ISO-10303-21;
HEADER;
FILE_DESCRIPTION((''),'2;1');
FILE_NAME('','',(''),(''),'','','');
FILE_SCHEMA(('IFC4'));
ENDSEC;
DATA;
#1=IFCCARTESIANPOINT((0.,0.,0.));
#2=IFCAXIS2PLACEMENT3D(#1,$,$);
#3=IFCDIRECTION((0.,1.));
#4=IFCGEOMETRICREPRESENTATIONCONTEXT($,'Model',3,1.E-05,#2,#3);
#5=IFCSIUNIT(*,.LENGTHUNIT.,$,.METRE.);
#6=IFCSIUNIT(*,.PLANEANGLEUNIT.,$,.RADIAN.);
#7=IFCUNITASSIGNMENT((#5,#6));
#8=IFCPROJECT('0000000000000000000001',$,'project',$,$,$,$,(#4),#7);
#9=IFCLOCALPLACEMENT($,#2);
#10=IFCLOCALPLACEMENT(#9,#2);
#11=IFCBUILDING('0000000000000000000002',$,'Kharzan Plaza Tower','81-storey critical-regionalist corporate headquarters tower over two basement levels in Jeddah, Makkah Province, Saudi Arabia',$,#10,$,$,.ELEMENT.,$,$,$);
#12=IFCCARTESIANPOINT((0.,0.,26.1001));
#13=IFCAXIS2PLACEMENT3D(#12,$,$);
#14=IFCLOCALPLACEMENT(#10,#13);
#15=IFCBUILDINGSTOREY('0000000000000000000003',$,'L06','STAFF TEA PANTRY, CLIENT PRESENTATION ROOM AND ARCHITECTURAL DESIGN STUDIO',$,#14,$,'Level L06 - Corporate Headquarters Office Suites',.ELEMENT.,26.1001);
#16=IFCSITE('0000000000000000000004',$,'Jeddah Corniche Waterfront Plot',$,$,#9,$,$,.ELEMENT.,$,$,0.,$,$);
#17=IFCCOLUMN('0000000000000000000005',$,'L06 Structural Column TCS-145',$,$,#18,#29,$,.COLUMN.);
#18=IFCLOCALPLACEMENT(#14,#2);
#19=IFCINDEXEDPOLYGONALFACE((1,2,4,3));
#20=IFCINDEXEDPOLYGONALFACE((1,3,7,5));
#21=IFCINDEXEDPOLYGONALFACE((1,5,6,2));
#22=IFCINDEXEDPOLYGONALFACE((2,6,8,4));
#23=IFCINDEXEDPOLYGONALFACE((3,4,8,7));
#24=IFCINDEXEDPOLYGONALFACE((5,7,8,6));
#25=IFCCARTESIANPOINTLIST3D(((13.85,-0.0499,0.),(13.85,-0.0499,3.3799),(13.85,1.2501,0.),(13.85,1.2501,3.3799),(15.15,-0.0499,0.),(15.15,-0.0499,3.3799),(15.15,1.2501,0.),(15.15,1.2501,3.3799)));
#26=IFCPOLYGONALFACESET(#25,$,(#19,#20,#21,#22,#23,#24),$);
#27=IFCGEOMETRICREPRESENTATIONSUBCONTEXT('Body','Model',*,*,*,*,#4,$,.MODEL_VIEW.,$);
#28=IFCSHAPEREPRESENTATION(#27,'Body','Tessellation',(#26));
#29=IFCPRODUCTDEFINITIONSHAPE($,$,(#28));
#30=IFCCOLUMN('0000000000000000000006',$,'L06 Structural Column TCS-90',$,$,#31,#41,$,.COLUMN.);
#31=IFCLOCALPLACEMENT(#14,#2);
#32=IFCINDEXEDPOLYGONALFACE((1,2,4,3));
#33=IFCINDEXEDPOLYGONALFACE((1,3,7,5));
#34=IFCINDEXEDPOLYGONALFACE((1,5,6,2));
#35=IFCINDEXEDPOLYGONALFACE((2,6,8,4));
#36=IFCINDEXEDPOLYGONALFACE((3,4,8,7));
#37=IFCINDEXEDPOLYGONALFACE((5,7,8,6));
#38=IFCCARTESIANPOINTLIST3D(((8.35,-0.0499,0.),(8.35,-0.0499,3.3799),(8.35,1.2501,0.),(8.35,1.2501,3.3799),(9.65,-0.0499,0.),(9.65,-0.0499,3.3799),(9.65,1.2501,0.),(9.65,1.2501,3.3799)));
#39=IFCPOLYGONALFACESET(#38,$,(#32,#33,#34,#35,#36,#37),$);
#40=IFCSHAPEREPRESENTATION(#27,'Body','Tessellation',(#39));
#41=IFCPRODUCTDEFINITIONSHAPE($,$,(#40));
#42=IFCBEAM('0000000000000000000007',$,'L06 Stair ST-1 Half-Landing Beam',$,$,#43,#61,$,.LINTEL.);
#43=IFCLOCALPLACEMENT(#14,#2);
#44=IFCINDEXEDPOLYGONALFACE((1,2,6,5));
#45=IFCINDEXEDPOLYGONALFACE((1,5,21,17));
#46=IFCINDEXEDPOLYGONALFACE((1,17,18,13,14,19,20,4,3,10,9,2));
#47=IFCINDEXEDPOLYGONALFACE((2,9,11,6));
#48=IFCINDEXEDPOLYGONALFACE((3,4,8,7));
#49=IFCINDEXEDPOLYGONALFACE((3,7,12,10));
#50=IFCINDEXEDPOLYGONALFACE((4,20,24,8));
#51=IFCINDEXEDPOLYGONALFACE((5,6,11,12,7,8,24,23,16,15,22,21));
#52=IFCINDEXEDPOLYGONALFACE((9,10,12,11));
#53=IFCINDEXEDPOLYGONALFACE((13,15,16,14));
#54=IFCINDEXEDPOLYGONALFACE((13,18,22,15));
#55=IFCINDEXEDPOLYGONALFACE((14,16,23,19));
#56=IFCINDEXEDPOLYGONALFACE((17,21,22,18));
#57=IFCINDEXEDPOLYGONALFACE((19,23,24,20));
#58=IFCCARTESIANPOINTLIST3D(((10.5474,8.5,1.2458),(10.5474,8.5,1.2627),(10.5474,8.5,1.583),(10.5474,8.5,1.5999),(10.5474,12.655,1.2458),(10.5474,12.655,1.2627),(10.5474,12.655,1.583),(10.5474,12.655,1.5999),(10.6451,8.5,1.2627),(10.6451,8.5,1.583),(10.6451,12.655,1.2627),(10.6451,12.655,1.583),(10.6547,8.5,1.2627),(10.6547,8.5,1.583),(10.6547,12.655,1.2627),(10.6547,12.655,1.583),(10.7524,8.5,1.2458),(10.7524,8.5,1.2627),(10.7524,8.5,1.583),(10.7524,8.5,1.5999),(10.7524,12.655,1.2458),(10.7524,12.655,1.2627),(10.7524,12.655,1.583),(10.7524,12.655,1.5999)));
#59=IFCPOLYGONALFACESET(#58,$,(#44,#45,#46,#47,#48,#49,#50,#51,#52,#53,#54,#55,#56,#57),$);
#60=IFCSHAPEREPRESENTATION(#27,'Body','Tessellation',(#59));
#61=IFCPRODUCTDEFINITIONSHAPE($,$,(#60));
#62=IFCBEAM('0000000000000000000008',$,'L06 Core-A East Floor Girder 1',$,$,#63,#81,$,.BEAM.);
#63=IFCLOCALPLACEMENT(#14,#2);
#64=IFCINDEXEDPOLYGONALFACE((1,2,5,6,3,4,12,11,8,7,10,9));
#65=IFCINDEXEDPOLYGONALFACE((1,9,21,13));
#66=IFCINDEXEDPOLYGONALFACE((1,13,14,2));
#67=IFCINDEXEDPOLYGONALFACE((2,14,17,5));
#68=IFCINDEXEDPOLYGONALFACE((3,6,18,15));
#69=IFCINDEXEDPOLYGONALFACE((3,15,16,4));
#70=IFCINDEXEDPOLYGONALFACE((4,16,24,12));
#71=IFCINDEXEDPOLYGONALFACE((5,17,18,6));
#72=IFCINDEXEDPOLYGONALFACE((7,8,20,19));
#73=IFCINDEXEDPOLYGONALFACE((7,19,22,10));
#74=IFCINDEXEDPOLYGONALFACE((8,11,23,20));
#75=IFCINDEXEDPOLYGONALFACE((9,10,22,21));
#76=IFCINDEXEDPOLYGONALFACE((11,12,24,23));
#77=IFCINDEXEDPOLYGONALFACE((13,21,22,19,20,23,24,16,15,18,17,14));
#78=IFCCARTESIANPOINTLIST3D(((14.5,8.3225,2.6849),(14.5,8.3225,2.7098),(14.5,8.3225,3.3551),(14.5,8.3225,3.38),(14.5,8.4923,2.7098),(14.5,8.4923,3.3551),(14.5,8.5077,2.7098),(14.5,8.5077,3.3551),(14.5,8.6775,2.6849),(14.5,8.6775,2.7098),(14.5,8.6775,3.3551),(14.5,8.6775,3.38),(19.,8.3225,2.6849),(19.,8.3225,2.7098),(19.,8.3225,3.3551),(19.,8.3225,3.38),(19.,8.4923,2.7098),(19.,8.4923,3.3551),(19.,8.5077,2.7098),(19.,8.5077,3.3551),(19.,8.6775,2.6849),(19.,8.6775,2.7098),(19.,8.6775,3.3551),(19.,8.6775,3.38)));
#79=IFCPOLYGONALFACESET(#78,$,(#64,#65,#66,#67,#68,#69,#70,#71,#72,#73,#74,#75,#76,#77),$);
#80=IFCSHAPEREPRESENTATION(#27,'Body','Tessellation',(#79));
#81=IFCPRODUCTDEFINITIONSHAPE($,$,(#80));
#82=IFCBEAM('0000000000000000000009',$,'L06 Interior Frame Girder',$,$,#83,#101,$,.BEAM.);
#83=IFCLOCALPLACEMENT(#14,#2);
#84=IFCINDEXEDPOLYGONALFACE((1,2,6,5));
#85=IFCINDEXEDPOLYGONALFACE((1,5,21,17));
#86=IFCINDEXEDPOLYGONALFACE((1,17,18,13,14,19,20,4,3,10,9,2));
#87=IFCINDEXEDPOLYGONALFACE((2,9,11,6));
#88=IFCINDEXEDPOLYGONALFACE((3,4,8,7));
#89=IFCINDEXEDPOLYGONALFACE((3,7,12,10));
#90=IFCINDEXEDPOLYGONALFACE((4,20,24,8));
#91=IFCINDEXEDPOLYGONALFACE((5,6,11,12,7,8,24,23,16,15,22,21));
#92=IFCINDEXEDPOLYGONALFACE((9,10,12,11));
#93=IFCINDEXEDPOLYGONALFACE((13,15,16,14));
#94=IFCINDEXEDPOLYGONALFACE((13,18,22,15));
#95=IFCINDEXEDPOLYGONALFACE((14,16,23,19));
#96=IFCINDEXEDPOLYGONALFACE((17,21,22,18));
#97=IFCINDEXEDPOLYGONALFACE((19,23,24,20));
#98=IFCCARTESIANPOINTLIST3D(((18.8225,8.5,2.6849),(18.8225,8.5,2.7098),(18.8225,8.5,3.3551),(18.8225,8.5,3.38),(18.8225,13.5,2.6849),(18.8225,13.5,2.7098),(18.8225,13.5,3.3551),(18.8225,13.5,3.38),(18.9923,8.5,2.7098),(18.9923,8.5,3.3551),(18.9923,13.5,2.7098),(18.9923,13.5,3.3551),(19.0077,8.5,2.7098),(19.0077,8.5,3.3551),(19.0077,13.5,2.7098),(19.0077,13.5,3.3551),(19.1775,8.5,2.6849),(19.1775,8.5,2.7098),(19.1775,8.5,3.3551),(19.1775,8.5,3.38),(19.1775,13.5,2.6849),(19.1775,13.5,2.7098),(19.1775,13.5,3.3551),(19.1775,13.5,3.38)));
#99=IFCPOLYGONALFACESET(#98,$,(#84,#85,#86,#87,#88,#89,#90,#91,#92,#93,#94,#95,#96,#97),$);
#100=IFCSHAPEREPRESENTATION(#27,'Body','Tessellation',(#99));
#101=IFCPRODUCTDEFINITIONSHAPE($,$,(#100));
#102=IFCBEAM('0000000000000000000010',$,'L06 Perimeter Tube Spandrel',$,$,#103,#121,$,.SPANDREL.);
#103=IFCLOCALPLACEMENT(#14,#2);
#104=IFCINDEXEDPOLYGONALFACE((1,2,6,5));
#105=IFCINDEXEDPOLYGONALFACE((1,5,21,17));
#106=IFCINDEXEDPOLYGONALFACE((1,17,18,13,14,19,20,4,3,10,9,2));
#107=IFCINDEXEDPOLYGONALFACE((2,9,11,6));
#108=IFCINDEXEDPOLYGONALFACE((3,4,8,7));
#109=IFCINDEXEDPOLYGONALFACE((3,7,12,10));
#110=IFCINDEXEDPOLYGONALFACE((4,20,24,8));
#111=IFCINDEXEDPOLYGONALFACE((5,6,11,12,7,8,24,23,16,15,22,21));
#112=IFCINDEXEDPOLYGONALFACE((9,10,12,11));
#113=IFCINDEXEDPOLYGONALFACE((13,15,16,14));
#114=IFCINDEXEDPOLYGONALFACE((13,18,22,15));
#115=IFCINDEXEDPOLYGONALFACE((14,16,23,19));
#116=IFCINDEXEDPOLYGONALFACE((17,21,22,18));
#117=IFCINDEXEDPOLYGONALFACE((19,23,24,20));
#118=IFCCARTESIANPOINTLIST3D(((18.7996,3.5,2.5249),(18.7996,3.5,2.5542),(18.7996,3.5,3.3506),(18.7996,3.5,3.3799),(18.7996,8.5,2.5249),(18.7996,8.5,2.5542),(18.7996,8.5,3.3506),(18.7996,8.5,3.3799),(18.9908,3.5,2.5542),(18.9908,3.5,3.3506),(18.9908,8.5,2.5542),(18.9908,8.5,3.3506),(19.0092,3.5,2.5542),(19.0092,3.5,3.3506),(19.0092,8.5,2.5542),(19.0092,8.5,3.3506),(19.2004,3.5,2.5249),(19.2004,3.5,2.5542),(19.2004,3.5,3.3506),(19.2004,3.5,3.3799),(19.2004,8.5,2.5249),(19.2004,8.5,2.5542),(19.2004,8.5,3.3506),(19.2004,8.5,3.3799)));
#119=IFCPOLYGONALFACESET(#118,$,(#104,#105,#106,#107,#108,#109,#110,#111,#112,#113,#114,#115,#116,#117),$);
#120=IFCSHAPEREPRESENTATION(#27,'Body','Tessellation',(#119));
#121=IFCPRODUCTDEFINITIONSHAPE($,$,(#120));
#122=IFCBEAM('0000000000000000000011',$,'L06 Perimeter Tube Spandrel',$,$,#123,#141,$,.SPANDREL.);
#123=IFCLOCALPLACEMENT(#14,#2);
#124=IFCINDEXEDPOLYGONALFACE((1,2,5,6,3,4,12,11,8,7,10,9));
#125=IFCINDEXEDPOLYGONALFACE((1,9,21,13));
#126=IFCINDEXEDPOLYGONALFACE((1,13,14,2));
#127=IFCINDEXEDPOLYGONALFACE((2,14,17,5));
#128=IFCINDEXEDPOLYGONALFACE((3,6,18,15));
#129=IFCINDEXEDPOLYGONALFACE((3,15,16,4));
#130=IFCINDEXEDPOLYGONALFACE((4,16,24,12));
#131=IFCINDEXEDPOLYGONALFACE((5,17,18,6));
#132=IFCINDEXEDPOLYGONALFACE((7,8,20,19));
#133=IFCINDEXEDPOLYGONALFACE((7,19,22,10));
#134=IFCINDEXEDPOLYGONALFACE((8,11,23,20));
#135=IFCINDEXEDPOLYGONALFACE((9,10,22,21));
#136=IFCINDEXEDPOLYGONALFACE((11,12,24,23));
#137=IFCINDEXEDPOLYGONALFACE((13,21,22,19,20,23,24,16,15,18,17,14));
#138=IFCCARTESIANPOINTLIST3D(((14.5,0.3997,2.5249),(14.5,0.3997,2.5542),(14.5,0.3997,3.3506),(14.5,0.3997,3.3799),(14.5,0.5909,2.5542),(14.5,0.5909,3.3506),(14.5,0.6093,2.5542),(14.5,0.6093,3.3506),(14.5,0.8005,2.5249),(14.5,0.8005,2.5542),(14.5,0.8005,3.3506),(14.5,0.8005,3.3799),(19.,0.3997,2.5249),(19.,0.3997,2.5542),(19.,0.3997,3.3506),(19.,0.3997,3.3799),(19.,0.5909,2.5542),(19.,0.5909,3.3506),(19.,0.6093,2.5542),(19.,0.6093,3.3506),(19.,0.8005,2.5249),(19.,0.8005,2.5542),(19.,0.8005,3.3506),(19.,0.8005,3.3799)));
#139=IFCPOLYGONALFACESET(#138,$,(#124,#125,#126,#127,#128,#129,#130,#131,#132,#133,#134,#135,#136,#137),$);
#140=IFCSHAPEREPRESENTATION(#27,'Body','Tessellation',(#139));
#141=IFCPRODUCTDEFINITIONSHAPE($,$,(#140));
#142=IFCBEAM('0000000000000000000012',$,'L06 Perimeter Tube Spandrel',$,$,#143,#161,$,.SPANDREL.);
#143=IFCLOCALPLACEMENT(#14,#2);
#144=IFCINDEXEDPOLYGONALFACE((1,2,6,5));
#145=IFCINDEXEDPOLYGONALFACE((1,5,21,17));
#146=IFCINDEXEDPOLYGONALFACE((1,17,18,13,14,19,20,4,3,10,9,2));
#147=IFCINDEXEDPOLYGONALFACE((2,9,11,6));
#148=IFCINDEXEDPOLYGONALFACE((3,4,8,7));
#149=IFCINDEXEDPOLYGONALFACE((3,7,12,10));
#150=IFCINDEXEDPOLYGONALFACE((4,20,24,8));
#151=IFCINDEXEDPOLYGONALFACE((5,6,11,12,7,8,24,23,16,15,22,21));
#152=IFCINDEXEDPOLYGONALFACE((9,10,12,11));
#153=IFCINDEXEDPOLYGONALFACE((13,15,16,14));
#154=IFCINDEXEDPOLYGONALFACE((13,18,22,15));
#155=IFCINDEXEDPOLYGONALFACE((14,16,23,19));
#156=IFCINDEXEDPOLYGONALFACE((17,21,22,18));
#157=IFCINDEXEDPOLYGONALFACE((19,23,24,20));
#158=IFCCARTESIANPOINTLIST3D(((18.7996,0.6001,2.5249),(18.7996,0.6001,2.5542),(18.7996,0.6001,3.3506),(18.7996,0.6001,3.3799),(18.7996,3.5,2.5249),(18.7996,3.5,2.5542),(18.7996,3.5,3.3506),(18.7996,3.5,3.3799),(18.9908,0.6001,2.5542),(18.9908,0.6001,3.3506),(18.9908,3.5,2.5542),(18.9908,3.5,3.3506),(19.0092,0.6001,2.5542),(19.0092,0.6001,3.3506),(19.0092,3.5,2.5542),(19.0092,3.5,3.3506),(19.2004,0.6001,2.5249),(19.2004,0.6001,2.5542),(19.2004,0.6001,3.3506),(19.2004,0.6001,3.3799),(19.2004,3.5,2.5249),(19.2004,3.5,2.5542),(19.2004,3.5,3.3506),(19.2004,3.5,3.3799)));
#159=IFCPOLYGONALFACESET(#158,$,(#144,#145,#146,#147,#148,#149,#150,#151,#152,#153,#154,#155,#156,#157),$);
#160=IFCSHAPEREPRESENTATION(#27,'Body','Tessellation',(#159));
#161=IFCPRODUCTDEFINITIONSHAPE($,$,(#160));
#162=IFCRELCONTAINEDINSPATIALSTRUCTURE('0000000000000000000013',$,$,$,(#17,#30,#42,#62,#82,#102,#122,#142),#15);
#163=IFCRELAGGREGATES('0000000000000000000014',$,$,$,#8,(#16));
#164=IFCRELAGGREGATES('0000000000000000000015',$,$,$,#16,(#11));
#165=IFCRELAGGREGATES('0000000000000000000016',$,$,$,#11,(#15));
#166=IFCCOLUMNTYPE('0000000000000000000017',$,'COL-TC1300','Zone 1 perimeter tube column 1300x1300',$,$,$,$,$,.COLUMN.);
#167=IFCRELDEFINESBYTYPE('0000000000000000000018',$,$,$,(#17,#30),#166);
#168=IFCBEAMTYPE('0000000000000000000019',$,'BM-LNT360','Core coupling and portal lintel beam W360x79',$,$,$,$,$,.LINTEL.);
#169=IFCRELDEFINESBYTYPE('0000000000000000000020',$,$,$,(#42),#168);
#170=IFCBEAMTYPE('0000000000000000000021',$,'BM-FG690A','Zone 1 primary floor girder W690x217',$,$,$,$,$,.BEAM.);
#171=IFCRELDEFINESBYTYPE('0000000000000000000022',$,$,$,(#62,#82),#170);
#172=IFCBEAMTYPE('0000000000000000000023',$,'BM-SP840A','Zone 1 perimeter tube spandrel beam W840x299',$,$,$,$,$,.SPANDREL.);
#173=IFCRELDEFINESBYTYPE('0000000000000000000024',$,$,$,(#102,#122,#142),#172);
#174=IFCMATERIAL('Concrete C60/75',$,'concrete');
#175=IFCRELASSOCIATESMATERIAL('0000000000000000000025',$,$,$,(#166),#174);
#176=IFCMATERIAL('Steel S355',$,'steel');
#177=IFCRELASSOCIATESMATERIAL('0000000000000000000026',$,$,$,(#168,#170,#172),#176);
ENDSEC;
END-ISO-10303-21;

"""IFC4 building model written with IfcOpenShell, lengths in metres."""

from ifc_helpers import new_model, si_unit, direction, frame, origin, origin_2d, place, context, subcontext, project, spatial, rectangle, i_section, extrude, source, transform, mapped, material, material_profile, profile_set, type_object, element, save


model = new_model("IFC4")

# Units and contexts
model_context = context("Model", 3, precision=1e-05, world=origin(), true_north=direction((0.0, 1.0)))
body_context = subcontext(model_context, "Body", "Model", "MODEL_VIEW")
ifc_project = project(units=[si_unit("LENGTHUNIT", "METRE"), si_unit("PLANEANGLEUNIT", "RADIAN")], contexts=[model_context])

# Site, building, storey
site_placement = place(None, origin())
site = spatial("IfcSite", under=ifc_project, at=site_placement, Name="Jeddah Corniche Waterfront Plot", CompositionType="ELEMENT", RefElevation=0.0)
building_placement = place(site_placement, origin())
building = spatial("IfcBuilding", under=site, at=building_placement, Name="Kharzan Plaza Tower", Description="81-storey critical-regionalist corporate headquarters tower over two basement levels in Jeddah, Makkah Province, Saudi Arabia", CompositionType="ELEMENT")
storey_placement = place(building_placement, frame((0.0, 0.0, 26.1001)))
storey = spatial("IfcBuildingStorey", under=building, at=storey_placement, Name="L06", Description="STAFF TEA PANTRY, CLIENT PRESENTATION ROOM AND ARCHITECTURAL DESIGN STUDIO", LongName="Level L06 - Corporate Headquarters Office Suites", CompositionType="ELEMENT", Elevation=26.1001)

# Columns
ifc_material_1 = material(Name="Concrete C60/75", Category="concrete")
ifc_material_profile_1 = material_profile(ifc_material_1, rectangle(XDim=1.3, YDim=1.3, at=origin_2d()), Name="RC-TC1300x1300")
ifc_profile_set_1 = profile_set([ifc_material_profile_1], Name="Concrete C60/75")
column_type = type_object("IfcColumnType", Name="COL-TC1300", Description="Zone 1 perimeter tube column 1300x1300", PredefinedType="COLUMN", material=ifc_profile_set_1)
shared_shape_1 = source(origin(), body_context, "Body", "SweptSolid", [
    extrude(rectangle(XDim=1.3, YDim=1.3, at=origin_2d()), origin(), (0.0, 0.0, 1.0), 3.3799),
])
for number, where, z_axis, x_axis, name in (
    (1, (14.5, 0.6001, 0.0), (0.0, 0.0, 1.0), (1.0, 0.0, 0.0), "L06 Structural Column TCS-145"),
    (2, (9.0, 0.6001, 0.0), (0.0, 0.0, 1.0), (1.0, 0.0, 0.0), "L06 Structural Column TCS-90"),
):
    element("IfcColumn", number, at=place(storey_placement, frame(where, z_axis=z_axis, x_axis=x_axis)), inside=storey, type_object=column_type, Name=name, PredefinedType="COLUMN", context=body_context, shape_type="MappedRepresentation", body=[
        mapped(shared_shape_1, transform((0.0, 0.0, 0.0), x_axis=(1.0, 0.0, 0.0), y_axis=(0.0, 1.0, 0.0), z_axis=(0.0, 0.0, 1.0))),
    ])

# Beams
ifc_material_2 = material(Name="Steel S355", Category="steel")
ifc_material_profile_2 = material_profile(ifc_material_2, i_section(OverallWidth=0.2051, OverallDepth=0.354, WebThickness=0.0095, FlangeThickness=0.0168, at=origin_2d()), Name="W360x79")
ifc_profile_set_2 = profile_set([ifc_material_profile_2], Name="Steel S355")
beam_type_1 = type_object("IfcBeamType", Name="BM-LNT360", Description="Core coupling and portal lintel beam W360x79", PredefinedType="LINTEL", material=ifc_profile_set_2)
shared_shape_2 = source(origin(), body_context, "Body", "SweptSolid", [
    extrude(i_section(OverallWidth=0.2051, OverallDepth=0.354, WebThickness=0.0095, FlangeThickness=0.0168, at=origin_2d()), origin(), (0.0, 0.0, 1.0), 4.155),
])
beam_1_placement = place(storey_placement, frame((10.6499, 8.5, 1.4229), z_axis=(0.0, 1.0, 0.0), x_axis=(-1.0, 0.0, 0.0)))
element("IfcBeam", 3, at=beam_1_placement, inside=storey, type_object=beam_type_1, Name="L06 Stair ST-1 Half-Landing Beam", PredefinedType="LINTEL", context=body_context, shape_type="MappedRepresentation", body=[
    mapped(shared_shape_2, transform((0.0, 0.0, 0.0), x_axis=(1.0, 0.0, 0.0), y_axis=(0.0, 1.0, 0.0), z_axis=(0.0, 0.0, 1.0))),
])
ifc_material_profile_3 = material_profile(ifc_material_2, i_section(OverallWidth=0.355, OverallDepth=0.6951, WebThickness=0.0154, FlangeThickness=0.0249, at=origin_2d()), Name="W690x217")
ifc_profile_set_3 = profile_set([ifc_material_profile_3], Name="Steel S355")
beam_type_2 = type_object("IfcBeamType", Name="BM-FG690A", Description="Zone 1 primary floor girder W690x217", PredefinedType="BEAM", material=ifc_profile_set_3)
shared_shape_3 = source(origin(), body_context, "Body", "SweptSolid", [
    extrude(i_section(OverallWidth=0.355, OverallDepth=0.6951, WebThickness=0.0154, FlangeThickness=0.0249, at=origin_2d()), origin(), (0.0, 0.0, 1.0), 4.5),
])
beam_2_placement = place(storey_placement, frame((14.5, 8.5, 3.0325), z_axis=(1.0, 0.0, 0.0), x_axis=(0.0, 1.0, 0.0)))
element("IfcBeam", 4, at=beam_2_placement, inside=storey, type_object=beam_type_2, Name="L06 Core-A East Floor Girder 1", PredefinedType="BEAM", context=body_context, shape_type="MappedRepresentation", body=[
    mapped(shared_shape_3, transform((0.0, 0.0, 0.0), x_axis=(1.0, 0.0, 0.0), y_axis=(0.0, 1.0, 0.0), z_axis=(0.0, 0.0, 1.0))),
])
shared_shape_4 = source(origin(), body_context, "Body", "SweptSolid", [
    extrude(i_section(OverallWidth=0.355, OverallDepth=0.6951, WebThickness=0.0154, FlangeThickness=0.0249, at=origin_2d()), origin(), (0.0, 0.0, 1.0), 5.0),
])
beam_3_placement = place(storey_placement, frame((19.0, 8.5, 3.0325), z_axis=(0.0, 1.0, 0.0), x_axis=(-1.0, 0.0, 0.0)))
element("IfcBeam", 5, at=beam_3_placement, inside=storey, type_object=beam_type_2, Name="L06 Interior Frame Girder", PredefinedType="BEAM", context=body_context, shape_type="MappedRepresentation", body=[
    mapped(shared_shape_4, transform((0.0, 0.0, 0.0), x_axis=(1.0, 0.0, 0.0), y_axis=(0.0, 1.0, 0.0), z_axis=(0.0, 0.0, 1.0))),
])
ifc_material_profile_4 = material_profile(ifc_material_2, i_section(OverallWidth=0.4009, OverallDepth=0.855, WebThickness=0.0183, FlangeThickness=0.0293, at=origin_2d()), Name="W840x299")
ifc_profile_set_4 = profile_set([ifc_material_profile_4], Name="Steel S355")
beam_type_3 = type_object("IfcBeamType", Name="BM-SP840A", Description="Zone 1 perimeter tube spandrel beam W840x299", PredefinedType="SPANDREL", material=ifc_profile_set_4)
shared_shape_5 = source(origin(), body_context, "Body", "SweptSolid", [
    extrude(i_section(OverallWidth=0.4009, OverallDepth=0.855, WebThickness=0.0183, FlangeThickness=0.0293, at=origin_2d()), origin(), (0.0, 0.0, 1.0), 5.0),
])
beam_4_placement = place(storey_placement, frame((19.0, 3.5, 2.9524), z_axis=(0.0, 1.0, 0.0), x_axis=(-1.0, 0.0, 0.0)))
element("IfcBeam", 6, at=beam_4_placement, inside=storey, type_object=beam_type_3, Name="L06 Perimeter Tube Spandrel", PredefinedType="SPANDREL", context=body_context, shape_type="MappedRepresentation", body=[
    mapped(shared_shape_5, transform((0.0, 0.0, 0.0), x_axis=(1.0, 0.0, 0.0), y_axis=(0.0, 1.0, 0.0), z_axis=(0.0, 0.0, 1.0))),
])
shared_shape_6 = source(origin(), body_context, "Body", "SweptSolid", [
    extrude(i_section(OverallWidth=0.4009, OverallDepth=0.855, WebThickness=0.0183, FlangeThickness=0.0293, at=origin_2d()), origin(), (0.0, 0.0, 1.0), 4.5),
])
beam_5_placement = place(storey_placement, frame((14.5, 0.6001, 2.9524), z_axis=(1.0, 0.0, 0.0), x_axis=(0.0, 1.0, 0.0)))
element("IfcBeam", 7, at=beam_5_placement, inside=storey, type_object=beam_type_3, Name="L06 Perimeter Tube Spandrel", PredefinedType="SPANDREL", context=body_context, shape_type="MappedRepresentation", body=[
    mapped(shared_shape_6, transform((0.0, 0.0, 0.0), x_axis=(1.0, 0.0, 0.0), y_axis=(0.0, 1.0, 0.0), z_axis=(0.0, 0.0, 1.0))),
])
shared_shape_7 = source(origin(), body_context, "Body", "SweptSolid", [
    extrude(i_section(OverallWidth=0.4009, OverallDepth=0.855, WebThickness=0.0183, FlangeThickness=0.0293, at=origin_2d()), origin(), (0.0, 0.0, 1.0), 2.8999),
])
beam_6_placement = place(storey_placement, frame((19.0, 0.6001, 2.9524), z_axis=(0.0, 1.0, 0.0), x_axis=(-1.0, 0.0, 0.0)))
element("IfcBeam", 8, at=beam_6_placement, inside=storey, type_object=beam_type_3, Name="L06 Perimeter Tube Spandrel", PredefinedType="SPANDREL", context=body_context, shape_type="MappedRepresentation", body=[
    mapped(shared_shape_7, transform((0.0, 0.0, 0.0), x_axis=(1.0, 0.0, 0.0), y_axis=(0.0, 1.0, 0.0), z_axis=(0.0, 0.0, 1.0))),
])

save(model, "model.ifc")
